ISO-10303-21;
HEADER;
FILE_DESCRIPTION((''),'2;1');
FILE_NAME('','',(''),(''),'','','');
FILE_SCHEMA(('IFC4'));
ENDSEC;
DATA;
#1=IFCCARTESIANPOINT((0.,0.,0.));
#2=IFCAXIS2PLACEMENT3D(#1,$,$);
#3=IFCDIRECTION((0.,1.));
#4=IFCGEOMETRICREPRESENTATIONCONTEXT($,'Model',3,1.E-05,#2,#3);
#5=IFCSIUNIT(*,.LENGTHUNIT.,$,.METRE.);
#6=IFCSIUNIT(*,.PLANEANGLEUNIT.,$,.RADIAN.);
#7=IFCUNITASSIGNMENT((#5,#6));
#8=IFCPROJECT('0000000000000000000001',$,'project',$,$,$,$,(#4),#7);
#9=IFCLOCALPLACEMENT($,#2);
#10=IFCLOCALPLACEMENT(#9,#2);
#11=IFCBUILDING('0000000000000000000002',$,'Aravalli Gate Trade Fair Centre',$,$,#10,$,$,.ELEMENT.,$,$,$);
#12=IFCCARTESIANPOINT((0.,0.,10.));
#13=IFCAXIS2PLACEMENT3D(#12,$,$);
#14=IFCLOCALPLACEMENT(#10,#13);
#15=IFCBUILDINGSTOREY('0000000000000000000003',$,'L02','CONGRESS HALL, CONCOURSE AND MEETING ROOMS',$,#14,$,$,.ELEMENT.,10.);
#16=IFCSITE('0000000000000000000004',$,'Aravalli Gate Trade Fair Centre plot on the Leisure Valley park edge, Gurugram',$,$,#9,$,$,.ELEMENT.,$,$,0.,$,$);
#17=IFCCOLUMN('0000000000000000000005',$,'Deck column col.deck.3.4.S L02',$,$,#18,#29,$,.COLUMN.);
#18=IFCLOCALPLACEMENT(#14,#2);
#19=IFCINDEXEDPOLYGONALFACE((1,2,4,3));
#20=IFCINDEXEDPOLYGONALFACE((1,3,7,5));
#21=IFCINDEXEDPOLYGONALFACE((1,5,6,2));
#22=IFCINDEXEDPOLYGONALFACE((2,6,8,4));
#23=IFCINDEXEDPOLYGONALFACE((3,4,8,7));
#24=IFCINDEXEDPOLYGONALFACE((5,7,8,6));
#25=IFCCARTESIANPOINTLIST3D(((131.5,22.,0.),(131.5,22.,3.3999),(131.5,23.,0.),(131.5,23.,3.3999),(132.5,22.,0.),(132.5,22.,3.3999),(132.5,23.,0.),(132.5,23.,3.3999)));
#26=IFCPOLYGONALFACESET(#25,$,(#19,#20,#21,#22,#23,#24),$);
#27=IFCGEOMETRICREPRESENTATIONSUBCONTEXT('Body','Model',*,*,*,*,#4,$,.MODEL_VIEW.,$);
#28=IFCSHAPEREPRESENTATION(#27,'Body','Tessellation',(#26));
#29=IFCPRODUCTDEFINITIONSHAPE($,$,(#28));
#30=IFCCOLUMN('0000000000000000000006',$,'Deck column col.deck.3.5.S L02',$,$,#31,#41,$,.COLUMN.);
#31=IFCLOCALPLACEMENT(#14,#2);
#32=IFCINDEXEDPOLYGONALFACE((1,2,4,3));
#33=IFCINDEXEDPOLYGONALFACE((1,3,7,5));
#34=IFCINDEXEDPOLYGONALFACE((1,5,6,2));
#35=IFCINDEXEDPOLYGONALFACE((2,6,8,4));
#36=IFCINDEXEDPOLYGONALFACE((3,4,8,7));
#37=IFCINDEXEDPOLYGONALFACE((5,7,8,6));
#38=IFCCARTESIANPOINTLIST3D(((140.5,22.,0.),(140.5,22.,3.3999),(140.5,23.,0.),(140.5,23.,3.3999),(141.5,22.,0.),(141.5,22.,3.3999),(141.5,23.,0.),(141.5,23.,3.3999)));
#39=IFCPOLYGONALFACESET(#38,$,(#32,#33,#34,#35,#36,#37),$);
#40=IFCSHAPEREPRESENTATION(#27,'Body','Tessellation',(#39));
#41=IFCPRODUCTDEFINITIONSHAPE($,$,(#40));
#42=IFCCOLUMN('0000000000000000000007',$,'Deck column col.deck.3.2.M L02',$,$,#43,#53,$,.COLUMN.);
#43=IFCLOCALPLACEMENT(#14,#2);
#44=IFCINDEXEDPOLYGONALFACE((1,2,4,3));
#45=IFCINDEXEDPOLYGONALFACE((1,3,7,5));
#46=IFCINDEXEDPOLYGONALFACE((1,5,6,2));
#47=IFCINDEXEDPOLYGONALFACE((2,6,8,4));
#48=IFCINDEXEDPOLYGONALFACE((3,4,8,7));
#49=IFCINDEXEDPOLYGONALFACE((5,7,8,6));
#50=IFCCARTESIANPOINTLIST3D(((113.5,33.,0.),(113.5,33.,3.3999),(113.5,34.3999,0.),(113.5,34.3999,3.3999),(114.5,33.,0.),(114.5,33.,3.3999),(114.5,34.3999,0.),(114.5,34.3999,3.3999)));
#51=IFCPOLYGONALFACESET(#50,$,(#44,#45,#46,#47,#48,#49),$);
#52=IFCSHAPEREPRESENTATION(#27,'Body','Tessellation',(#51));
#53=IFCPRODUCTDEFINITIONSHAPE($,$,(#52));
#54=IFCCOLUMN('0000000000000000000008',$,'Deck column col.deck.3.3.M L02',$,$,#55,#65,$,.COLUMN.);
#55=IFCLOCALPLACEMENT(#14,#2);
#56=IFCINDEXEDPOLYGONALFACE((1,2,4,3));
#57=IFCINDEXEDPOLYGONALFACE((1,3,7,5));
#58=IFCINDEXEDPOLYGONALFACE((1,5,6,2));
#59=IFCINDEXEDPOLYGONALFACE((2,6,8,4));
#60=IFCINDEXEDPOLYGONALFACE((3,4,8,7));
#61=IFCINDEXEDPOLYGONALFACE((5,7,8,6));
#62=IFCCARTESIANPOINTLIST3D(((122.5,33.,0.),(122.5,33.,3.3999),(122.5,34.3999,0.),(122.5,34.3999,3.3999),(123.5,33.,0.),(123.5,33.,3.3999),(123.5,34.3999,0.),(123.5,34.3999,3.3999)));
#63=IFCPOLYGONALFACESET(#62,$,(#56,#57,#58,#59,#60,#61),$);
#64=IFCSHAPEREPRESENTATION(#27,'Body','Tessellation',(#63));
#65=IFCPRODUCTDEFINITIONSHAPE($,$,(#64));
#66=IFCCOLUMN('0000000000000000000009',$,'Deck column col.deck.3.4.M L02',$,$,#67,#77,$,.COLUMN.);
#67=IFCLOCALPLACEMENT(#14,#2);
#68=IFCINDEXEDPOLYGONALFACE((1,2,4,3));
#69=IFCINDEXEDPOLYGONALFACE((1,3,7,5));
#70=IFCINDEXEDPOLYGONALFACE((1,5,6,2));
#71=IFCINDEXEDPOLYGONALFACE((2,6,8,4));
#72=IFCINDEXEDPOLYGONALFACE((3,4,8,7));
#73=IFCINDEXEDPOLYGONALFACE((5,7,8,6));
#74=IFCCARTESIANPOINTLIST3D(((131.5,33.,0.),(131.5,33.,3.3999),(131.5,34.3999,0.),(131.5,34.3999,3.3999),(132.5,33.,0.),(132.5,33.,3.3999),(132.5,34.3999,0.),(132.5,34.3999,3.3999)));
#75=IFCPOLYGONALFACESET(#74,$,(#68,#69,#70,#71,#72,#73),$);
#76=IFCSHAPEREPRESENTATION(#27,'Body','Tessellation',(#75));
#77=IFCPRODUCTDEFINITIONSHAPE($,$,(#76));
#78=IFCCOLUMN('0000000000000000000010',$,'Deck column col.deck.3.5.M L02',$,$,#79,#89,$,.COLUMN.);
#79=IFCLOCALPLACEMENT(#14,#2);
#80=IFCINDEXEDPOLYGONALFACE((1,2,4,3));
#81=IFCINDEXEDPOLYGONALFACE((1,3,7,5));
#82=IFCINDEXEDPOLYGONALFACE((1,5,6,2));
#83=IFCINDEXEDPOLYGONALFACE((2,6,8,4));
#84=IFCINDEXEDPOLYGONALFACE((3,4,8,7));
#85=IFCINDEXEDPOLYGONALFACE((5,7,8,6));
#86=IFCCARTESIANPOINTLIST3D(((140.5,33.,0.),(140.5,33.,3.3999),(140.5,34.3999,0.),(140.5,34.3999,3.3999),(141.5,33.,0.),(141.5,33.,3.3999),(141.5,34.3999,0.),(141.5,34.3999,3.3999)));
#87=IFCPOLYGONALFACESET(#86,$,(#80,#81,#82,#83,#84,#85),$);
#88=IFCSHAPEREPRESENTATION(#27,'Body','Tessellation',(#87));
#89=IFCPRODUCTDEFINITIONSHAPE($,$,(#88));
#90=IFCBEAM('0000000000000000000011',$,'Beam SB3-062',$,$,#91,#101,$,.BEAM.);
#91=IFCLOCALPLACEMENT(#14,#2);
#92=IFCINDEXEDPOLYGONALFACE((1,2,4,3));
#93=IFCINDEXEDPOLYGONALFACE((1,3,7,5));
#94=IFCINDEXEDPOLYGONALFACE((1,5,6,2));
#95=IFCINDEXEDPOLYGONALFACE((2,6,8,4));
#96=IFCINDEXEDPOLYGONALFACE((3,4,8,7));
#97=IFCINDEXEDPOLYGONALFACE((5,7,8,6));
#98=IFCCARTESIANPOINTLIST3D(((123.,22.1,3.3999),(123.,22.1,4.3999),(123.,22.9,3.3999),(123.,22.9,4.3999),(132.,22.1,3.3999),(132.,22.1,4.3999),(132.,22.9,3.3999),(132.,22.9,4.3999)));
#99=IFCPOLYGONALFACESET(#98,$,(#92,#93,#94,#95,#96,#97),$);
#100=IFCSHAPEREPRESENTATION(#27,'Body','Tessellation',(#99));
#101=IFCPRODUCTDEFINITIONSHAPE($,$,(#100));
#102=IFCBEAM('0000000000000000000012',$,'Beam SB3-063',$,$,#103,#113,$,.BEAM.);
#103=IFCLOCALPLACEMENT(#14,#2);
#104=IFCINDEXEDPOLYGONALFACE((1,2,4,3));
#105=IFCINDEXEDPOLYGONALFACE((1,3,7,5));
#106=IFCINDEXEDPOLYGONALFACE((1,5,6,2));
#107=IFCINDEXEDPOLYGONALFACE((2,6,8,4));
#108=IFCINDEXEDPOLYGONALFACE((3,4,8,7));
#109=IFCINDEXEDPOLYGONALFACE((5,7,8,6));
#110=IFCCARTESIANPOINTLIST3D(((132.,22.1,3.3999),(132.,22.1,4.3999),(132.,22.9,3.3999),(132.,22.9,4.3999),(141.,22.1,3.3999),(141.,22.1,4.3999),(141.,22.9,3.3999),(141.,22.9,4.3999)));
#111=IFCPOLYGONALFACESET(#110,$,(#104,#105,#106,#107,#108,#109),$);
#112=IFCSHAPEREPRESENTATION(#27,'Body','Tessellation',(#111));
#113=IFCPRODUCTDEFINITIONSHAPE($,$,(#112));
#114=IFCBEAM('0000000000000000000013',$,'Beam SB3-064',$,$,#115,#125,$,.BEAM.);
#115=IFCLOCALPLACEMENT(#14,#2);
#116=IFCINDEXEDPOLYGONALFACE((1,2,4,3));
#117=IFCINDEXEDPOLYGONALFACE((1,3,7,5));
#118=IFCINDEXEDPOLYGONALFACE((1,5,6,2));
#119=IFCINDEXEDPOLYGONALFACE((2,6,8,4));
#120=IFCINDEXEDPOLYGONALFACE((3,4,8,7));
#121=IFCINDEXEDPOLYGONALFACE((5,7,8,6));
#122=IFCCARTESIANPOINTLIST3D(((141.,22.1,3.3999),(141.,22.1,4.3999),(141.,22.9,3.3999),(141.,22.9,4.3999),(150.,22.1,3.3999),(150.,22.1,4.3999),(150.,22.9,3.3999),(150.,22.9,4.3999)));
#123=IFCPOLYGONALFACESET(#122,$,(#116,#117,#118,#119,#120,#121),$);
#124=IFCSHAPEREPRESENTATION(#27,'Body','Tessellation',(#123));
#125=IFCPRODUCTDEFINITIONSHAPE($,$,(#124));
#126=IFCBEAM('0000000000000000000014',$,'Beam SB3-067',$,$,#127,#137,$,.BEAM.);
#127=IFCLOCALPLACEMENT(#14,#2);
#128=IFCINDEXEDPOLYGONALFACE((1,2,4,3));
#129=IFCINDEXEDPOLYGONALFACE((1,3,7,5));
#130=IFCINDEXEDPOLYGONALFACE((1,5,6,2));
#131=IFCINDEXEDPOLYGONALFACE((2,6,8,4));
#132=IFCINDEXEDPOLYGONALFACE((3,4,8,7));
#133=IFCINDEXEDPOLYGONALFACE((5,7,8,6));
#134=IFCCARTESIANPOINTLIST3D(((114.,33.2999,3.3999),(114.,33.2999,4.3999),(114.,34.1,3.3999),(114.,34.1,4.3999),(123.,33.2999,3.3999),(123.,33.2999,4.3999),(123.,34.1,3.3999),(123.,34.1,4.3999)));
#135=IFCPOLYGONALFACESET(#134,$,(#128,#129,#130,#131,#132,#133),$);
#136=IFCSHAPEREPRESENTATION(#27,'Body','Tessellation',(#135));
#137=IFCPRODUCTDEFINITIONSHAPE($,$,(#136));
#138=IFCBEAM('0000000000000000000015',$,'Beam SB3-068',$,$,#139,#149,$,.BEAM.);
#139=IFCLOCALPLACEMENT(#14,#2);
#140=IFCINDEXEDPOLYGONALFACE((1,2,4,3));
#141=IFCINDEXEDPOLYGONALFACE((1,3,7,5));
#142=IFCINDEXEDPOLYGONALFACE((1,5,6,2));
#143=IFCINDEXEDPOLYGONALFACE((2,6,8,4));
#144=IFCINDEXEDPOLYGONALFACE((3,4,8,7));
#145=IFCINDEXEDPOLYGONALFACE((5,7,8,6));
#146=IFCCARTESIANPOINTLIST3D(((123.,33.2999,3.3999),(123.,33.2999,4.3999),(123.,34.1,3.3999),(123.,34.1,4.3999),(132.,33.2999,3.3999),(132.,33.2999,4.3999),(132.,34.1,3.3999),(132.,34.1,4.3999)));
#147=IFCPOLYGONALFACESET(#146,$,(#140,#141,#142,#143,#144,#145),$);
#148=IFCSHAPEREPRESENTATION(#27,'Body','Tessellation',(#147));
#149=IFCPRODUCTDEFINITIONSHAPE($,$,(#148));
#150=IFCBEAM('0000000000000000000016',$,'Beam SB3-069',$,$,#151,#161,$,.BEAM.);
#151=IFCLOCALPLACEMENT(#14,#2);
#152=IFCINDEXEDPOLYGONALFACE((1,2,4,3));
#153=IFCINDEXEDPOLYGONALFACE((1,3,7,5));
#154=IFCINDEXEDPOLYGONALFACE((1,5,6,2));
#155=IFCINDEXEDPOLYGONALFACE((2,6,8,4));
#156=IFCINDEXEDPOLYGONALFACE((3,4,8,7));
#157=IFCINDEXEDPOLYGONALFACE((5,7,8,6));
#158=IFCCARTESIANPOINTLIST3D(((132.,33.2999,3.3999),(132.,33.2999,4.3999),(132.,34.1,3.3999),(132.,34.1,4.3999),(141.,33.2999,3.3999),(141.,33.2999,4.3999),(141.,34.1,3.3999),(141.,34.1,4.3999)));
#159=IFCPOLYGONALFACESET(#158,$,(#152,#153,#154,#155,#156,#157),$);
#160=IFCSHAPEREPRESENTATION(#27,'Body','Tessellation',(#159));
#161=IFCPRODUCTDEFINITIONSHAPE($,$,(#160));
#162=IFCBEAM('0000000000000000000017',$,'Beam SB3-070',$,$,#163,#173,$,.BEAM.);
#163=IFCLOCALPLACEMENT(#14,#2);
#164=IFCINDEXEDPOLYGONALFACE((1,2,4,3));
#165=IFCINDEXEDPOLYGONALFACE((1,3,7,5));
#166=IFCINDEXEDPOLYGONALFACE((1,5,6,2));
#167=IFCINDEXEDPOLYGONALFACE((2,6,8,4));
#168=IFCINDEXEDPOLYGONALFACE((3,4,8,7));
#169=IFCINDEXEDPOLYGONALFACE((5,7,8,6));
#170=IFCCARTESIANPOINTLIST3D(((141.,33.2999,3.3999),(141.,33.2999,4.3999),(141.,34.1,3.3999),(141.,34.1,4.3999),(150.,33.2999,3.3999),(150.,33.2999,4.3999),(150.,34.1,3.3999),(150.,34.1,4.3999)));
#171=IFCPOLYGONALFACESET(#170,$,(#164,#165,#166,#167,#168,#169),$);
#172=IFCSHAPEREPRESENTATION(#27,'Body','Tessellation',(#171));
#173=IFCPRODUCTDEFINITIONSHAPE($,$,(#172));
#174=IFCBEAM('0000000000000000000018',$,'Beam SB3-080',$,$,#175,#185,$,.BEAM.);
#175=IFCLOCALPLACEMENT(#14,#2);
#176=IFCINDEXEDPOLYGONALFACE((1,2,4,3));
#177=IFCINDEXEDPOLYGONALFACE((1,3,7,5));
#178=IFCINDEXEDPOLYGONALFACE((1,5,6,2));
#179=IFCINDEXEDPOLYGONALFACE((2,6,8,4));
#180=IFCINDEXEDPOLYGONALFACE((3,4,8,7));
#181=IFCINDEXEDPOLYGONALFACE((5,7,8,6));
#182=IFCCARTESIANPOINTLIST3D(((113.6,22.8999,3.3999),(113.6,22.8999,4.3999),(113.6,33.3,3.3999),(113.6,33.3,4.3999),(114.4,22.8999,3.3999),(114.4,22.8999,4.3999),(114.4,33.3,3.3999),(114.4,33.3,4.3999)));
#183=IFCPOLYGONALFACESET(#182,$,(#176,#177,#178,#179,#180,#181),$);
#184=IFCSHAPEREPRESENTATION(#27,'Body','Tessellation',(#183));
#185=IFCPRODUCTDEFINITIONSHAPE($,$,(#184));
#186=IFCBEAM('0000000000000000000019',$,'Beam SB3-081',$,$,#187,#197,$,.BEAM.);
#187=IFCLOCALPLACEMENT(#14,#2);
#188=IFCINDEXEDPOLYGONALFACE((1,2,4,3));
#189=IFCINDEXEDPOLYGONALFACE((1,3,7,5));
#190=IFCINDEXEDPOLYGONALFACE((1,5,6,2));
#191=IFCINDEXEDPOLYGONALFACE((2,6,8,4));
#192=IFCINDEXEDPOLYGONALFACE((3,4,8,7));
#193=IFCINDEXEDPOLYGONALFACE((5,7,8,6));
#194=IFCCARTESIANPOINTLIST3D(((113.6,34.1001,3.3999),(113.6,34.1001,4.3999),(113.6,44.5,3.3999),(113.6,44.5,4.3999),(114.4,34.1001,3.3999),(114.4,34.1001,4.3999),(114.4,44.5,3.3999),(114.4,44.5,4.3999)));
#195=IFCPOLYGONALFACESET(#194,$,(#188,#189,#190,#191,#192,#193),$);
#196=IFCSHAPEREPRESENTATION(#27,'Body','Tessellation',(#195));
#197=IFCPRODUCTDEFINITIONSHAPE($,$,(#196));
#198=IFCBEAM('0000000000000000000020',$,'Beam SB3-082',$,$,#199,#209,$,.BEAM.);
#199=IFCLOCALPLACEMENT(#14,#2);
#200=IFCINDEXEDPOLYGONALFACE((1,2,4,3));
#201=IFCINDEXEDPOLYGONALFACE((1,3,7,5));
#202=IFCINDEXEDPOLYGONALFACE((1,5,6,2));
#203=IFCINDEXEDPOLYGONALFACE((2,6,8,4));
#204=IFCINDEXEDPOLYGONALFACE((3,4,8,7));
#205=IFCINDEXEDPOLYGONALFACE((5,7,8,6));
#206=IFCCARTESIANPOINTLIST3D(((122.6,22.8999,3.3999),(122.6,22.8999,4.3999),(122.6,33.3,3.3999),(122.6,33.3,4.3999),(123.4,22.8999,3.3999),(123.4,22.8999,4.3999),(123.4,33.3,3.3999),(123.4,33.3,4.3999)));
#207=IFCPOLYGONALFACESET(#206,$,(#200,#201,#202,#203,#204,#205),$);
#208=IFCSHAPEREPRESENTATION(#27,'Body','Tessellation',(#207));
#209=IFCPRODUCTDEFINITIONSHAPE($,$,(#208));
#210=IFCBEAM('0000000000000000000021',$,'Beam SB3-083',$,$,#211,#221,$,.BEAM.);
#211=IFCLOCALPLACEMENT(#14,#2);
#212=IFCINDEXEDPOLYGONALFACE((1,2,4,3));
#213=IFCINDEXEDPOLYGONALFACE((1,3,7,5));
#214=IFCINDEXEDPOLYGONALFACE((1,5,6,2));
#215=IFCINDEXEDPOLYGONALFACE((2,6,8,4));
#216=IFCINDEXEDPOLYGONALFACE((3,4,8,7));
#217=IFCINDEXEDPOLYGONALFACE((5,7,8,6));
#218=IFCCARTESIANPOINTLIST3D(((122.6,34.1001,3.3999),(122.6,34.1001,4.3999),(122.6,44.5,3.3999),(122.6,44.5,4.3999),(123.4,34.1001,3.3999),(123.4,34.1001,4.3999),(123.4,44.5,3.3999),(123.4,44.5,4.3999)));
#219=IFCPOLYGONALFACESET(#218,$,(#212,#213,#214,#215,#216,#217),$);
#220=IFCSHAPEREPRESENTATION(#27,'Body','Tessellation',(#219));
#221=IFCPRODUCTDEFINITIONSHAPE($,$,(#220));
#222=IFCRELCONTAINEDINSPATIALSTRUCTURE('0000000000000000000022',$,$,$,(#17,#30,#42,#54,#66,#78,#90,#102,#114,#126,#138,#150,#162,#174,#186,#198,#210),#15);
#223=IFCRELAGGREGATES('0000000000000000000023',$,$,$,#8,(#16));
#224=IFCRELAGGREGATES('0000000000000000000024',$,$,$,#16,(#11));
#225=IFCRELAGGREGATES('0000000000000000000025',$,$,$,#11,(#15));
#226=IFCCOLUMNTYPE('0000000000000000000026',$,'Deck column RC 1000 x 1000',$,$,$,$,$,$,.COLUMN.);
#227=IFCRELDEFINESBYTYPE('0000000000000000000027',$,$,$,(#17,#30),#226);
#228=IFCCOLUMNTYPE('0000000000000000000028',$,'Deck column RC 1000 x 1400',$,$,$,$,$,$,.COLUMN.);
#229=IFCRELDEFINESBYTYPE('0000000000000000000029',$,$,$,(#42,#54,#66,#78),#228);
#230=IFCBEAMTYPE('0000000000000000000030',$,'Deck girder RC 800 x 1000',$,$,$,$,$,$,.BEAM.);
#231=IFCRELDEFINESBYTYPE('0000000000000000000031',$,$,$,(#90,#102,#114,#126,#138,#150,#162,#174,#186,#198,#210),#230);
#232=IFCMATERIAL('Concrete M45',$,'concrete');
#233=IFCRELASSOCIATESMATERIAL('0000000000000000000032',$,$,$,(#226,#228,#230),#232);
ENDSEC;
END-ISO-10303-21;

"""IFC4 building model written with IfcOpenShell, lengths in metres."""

from ifc_helpers import new_model, si_unit, direction, frame, origin, origin_2d, place, context, subcontext, project, spatial, rectangle, extrude, material, material_profile, profile_set, type_object, element, save


model = new_model("IFC4")

# Units and contexts
model_context = context("Model", 3, precision=1e-05, world=origin(), true_north=direction((0.0, 1.0)))
body_context = subcontext(model_context, "Body", "Model", "MODEL_VIEW")
ifc_project = project(units=[si_unit("LENGTHUNIT", "METRE"), si_unit("PLANEANGLEUNIT", "RADIAN")], contexts=[model_context])

# Site, building, storey
site_placement = place(None, origin())
site = spatial("IfcSite", under=ifc_project, at=site_placement, Name="Aravalli Gate Trade Fair Centre plot on the Leisure Valley park edge, Gurugram", CompositionType="ELEMENT", RefElevation=0.0)
building_placement = place(site_placement, origin())
building = spatial("IfcBuilding", under=site, at=building_placement, Name="Aravalli Gate Trade Fair Centre", CompositionType="ELEMENT")
storey_placement = place(building_placement, frame((0.0, 0.0, 10.0)))
storey = spatial("IfcBuildingStorey", under=building, at=storey_placement, Name="L02", Description="CONGRESS HALL, CONCOURSE AND MEETING ROOMS", CompositionType="ELEMENT", Elevation=10.0)

# Columns
ifc_material = material(Name="Concrete M45", Category="concrete")
ifc_material_profile_1 = material_profile(ifc_material, rectangle(XDim=1.0, YDim=1.0, at=origin_2d()), Name="Deck column RC 1000 x 1000")
ifc_profile_set_1 = profile_set([ifc_material_profile_1], Name="Concrete M45")
column_type_1 = type_object("IfcColumnType", Name="Deck column RC 1000 x 1000", PredefinedType="COLUMN", material=ifc_profile_set_1)
for number, where, z_axis, x_axis, name in (
    (1, (132.0, 22.5, 0.0), (0.0, 0.0, 1.0), (1.0, 0.0, 0.0), "Deck column col.deck.3.4.S L02"),
    (2, (141.0, 22.5, 0.0), (0.0, 0.0, 1.0), (1.0, 0.0, 0.0), "Deck column col.deck.3.5.S L02"),
):
    element("IfcColumn", number, at=place(storey_placement, frame(where, z_axis=z_axis, x_axis=x_axis)), inside=storey, type_object=column_type_1, Name=name, PredefinedType="COLUMN", context=body_context, shape_type="SweptSolid", body=[
        extrude(rectangle(XDim=1.0, YDim=1.0, at=origin_2d()), origin(), (0.0, 0.0, 1.0), 3.3999),
    ])
ifc_material_profile_2 = material_profile(ifc_material, rectangle(XDim=1.0, YDim=1.3999, at=origin_2d()), Name="Deck column RC 1000 x 1400")
ifc_profile_set_2 = profile_set([ifc_material_profile_2], Name="Concrete M45")
column_type_2 = type_object("IfcColumnType", Name="Deck column RC 1000 x 1400", PredefinedType="COLUMN", material=ifc_profile_set_2)
for number, where, z_axis, x_axis, name in (
    (3, (114.0, 33.7, 0.0), (0.0, 0.0, 1.0), (1.0, 0.0, 0.0), "Deck column col.deck.3.2.M L02"),
    (4, (123.0, 33.7, 0.0), (0.0, 0.0, 1.0), (1.0, 0.0, 0.0), "Deck column col.deck.3.3.M L02"),
    (5, (132.0, 33.7, 0.0), (0.0, 0.0, 1.0), (1.0, 0.0, 0.0), "Deck column col.deck.3.4.M L02"),
    (6, (141.0, 33.7, 0.0), (0.0, 0.0, 1.0), (1.0, 0.0, 0.0), "Deck column col.deck.3.5.M L02"),
):
    element("IfcColumn", number, at=place(storey_placement, frame(where, z_axis=z_axis, x_axis=x_axis)), inside=storey, type_object=column_type_2, Name=name, PredefinedType="COLUMN", context=body_context, shape_type="SweptSolid", body=[
        extrude(rectangle(XDim=1.0, YDim=1.3999, at=origin_2d()), origin(), (0.0, 0.0, 1.0), 3.3999),
    ])

# Beams
ifc_material_profile_3 = material_profile(ifc_material, rectangle(XDim=0.8, YDim=1.0, at=origin_2d()), Name="Deck girder RC 800 x 1000")
ifc_profile_set_3 = profile_set([ifc_material_profile_3], Name="Concrete M45")
beam_type_1 = type_object("IfcBeamType", Name="Deck girder RC 800 x 1000", PredefinedType="BEAM", material=ifc_profile_set_3)
for number, where, z_axis, x_axis, name in (
    (7, (123.0, 22.5, 3.8999), (1.0, 0.0, 0.0), (0.0, 1.0, 0.0), "Beam SB3-062"),
    (8, (132.0, 22.5, 3.8999), (1.0, 0.0, 0.0), (0.0, 1.0, 0.0), "Beam SB3-063"),
    (9, (141.0, 22.5, 3.8999), (1.0, 0.0, 0.0), (0.0, 1.0, 0.0), "Beam SB3-064"),
    (10, (114.0, 33.7, 3.8999), (1.0, 0.0, 0.0), (0.0, 1.0, 0.0), "Beam SB3-067"),
    (11, (123.0, 33.7, 3.8999), (1.0, 0.0, 0.0), (0.0, 1.0, 0.0), "Beam SB3-068"),
    (12, (132.0, 33.7, 3.8999), (1.0, 0.0, 0.0), (0.0, 1.0, 0.0), "Beam SB3-069"),
    (13, (141.0, 33.7, 3.8999), (1.0, 0.0, 0.0), (0.0, 1.0, 0.0), "Beam SB3-070"),
):
    element("IfcBeam", number, at=place(storey_placement, frame(where, z_axis=z_axis, x_axis=x_axis)), inside=storey, type_object=beam_type_1, Name=name, PredefinedType="BEAM", context=body_context, shape_type="SweptSolid", body=[
        extrude(rectangle(XDim=0.8, YDim=1.0, at=origin_2d()), origin(), (0.0, 0.0, 1.0), 9.0),
    ])
beam_1_placement = place(storey_placement, frame((114.0, 22.8999, 3.8999), z_axis=(0.0, 1.0, 0.0), x_axis=(-1.0, 0.0, 0.0)))
element("IfcBeam", 14, at=beam_1_placement, inside=storey, type_object=beam_type_1, Name="Beam SB3-080", PredefinedType="BEAM", context=body_context, shape_type="SweptSolid", body=[
    extrude(rectangle(XDim=0.8, YDim=1.0, at=origin_2d()), origin(), (0.0, 0.0, 1.0), 10.4001),
])
beam_2_placement = place(storey_placement, frame((114.0, 34.1001, 3.8999), z_axis=(0.0, 1.0, 0.0), x_axis=(-1.0, 0.0, 0.0)))
element("IfcBeam", 15, at=beam_2_placement, inside=storey, type_object=beam_type_1, Name="Beam SB3-081", PredefinedType="BEAM", context=body_context, shape_type="SweptSolid", body=[
    extrude(rectangle(XDim=0.8, YDim=1.0, at=origin_2d()), origin(), (0.0, 0.0, 1.0), 10.3999),
])
beam_3_placement = place(storey_placement, frame((123.0, 22.8999, 3.8999), z_axis=(0.0, 1.0, 0.0), x_axis=(-1.0, 0.0, 0.0)))
element("IfcBeam", 16, at=beam_3_placement, inside=storey, type_object=beam_type_1, Name="Beam SB3-082", PredefinedType="BEAM", context=body_context, shape_type="SweptSolid", body=[
    extrude(rectangle(XDim=0.8, YDim=1.0, at=origin_2d()), origin(), (0.0, 0.0, 1.0), 10.4001),
])
beam_4_placement = place(storey_placement, frame((123.0, 34.1001, 3.8999), z_axis=(0.0, 1.0, 0.0), x_axis=(-1.0, 0.0, 0.0)))
element("IfcBeam", 17, at=beam_4_placement, inside=storey, type_object=beam_type_1, Name="Beam SB3-083", PredefinedType="BEAM", context=body_context, shape_type="SweptSolid", body=[
    extrude(rectangle(XDim=0.8, YDim=1.0, at=origin_2d()), origin(), (0.0, 0.0, 1.0), 10.3999),
])

save(model, "model.ifc")
